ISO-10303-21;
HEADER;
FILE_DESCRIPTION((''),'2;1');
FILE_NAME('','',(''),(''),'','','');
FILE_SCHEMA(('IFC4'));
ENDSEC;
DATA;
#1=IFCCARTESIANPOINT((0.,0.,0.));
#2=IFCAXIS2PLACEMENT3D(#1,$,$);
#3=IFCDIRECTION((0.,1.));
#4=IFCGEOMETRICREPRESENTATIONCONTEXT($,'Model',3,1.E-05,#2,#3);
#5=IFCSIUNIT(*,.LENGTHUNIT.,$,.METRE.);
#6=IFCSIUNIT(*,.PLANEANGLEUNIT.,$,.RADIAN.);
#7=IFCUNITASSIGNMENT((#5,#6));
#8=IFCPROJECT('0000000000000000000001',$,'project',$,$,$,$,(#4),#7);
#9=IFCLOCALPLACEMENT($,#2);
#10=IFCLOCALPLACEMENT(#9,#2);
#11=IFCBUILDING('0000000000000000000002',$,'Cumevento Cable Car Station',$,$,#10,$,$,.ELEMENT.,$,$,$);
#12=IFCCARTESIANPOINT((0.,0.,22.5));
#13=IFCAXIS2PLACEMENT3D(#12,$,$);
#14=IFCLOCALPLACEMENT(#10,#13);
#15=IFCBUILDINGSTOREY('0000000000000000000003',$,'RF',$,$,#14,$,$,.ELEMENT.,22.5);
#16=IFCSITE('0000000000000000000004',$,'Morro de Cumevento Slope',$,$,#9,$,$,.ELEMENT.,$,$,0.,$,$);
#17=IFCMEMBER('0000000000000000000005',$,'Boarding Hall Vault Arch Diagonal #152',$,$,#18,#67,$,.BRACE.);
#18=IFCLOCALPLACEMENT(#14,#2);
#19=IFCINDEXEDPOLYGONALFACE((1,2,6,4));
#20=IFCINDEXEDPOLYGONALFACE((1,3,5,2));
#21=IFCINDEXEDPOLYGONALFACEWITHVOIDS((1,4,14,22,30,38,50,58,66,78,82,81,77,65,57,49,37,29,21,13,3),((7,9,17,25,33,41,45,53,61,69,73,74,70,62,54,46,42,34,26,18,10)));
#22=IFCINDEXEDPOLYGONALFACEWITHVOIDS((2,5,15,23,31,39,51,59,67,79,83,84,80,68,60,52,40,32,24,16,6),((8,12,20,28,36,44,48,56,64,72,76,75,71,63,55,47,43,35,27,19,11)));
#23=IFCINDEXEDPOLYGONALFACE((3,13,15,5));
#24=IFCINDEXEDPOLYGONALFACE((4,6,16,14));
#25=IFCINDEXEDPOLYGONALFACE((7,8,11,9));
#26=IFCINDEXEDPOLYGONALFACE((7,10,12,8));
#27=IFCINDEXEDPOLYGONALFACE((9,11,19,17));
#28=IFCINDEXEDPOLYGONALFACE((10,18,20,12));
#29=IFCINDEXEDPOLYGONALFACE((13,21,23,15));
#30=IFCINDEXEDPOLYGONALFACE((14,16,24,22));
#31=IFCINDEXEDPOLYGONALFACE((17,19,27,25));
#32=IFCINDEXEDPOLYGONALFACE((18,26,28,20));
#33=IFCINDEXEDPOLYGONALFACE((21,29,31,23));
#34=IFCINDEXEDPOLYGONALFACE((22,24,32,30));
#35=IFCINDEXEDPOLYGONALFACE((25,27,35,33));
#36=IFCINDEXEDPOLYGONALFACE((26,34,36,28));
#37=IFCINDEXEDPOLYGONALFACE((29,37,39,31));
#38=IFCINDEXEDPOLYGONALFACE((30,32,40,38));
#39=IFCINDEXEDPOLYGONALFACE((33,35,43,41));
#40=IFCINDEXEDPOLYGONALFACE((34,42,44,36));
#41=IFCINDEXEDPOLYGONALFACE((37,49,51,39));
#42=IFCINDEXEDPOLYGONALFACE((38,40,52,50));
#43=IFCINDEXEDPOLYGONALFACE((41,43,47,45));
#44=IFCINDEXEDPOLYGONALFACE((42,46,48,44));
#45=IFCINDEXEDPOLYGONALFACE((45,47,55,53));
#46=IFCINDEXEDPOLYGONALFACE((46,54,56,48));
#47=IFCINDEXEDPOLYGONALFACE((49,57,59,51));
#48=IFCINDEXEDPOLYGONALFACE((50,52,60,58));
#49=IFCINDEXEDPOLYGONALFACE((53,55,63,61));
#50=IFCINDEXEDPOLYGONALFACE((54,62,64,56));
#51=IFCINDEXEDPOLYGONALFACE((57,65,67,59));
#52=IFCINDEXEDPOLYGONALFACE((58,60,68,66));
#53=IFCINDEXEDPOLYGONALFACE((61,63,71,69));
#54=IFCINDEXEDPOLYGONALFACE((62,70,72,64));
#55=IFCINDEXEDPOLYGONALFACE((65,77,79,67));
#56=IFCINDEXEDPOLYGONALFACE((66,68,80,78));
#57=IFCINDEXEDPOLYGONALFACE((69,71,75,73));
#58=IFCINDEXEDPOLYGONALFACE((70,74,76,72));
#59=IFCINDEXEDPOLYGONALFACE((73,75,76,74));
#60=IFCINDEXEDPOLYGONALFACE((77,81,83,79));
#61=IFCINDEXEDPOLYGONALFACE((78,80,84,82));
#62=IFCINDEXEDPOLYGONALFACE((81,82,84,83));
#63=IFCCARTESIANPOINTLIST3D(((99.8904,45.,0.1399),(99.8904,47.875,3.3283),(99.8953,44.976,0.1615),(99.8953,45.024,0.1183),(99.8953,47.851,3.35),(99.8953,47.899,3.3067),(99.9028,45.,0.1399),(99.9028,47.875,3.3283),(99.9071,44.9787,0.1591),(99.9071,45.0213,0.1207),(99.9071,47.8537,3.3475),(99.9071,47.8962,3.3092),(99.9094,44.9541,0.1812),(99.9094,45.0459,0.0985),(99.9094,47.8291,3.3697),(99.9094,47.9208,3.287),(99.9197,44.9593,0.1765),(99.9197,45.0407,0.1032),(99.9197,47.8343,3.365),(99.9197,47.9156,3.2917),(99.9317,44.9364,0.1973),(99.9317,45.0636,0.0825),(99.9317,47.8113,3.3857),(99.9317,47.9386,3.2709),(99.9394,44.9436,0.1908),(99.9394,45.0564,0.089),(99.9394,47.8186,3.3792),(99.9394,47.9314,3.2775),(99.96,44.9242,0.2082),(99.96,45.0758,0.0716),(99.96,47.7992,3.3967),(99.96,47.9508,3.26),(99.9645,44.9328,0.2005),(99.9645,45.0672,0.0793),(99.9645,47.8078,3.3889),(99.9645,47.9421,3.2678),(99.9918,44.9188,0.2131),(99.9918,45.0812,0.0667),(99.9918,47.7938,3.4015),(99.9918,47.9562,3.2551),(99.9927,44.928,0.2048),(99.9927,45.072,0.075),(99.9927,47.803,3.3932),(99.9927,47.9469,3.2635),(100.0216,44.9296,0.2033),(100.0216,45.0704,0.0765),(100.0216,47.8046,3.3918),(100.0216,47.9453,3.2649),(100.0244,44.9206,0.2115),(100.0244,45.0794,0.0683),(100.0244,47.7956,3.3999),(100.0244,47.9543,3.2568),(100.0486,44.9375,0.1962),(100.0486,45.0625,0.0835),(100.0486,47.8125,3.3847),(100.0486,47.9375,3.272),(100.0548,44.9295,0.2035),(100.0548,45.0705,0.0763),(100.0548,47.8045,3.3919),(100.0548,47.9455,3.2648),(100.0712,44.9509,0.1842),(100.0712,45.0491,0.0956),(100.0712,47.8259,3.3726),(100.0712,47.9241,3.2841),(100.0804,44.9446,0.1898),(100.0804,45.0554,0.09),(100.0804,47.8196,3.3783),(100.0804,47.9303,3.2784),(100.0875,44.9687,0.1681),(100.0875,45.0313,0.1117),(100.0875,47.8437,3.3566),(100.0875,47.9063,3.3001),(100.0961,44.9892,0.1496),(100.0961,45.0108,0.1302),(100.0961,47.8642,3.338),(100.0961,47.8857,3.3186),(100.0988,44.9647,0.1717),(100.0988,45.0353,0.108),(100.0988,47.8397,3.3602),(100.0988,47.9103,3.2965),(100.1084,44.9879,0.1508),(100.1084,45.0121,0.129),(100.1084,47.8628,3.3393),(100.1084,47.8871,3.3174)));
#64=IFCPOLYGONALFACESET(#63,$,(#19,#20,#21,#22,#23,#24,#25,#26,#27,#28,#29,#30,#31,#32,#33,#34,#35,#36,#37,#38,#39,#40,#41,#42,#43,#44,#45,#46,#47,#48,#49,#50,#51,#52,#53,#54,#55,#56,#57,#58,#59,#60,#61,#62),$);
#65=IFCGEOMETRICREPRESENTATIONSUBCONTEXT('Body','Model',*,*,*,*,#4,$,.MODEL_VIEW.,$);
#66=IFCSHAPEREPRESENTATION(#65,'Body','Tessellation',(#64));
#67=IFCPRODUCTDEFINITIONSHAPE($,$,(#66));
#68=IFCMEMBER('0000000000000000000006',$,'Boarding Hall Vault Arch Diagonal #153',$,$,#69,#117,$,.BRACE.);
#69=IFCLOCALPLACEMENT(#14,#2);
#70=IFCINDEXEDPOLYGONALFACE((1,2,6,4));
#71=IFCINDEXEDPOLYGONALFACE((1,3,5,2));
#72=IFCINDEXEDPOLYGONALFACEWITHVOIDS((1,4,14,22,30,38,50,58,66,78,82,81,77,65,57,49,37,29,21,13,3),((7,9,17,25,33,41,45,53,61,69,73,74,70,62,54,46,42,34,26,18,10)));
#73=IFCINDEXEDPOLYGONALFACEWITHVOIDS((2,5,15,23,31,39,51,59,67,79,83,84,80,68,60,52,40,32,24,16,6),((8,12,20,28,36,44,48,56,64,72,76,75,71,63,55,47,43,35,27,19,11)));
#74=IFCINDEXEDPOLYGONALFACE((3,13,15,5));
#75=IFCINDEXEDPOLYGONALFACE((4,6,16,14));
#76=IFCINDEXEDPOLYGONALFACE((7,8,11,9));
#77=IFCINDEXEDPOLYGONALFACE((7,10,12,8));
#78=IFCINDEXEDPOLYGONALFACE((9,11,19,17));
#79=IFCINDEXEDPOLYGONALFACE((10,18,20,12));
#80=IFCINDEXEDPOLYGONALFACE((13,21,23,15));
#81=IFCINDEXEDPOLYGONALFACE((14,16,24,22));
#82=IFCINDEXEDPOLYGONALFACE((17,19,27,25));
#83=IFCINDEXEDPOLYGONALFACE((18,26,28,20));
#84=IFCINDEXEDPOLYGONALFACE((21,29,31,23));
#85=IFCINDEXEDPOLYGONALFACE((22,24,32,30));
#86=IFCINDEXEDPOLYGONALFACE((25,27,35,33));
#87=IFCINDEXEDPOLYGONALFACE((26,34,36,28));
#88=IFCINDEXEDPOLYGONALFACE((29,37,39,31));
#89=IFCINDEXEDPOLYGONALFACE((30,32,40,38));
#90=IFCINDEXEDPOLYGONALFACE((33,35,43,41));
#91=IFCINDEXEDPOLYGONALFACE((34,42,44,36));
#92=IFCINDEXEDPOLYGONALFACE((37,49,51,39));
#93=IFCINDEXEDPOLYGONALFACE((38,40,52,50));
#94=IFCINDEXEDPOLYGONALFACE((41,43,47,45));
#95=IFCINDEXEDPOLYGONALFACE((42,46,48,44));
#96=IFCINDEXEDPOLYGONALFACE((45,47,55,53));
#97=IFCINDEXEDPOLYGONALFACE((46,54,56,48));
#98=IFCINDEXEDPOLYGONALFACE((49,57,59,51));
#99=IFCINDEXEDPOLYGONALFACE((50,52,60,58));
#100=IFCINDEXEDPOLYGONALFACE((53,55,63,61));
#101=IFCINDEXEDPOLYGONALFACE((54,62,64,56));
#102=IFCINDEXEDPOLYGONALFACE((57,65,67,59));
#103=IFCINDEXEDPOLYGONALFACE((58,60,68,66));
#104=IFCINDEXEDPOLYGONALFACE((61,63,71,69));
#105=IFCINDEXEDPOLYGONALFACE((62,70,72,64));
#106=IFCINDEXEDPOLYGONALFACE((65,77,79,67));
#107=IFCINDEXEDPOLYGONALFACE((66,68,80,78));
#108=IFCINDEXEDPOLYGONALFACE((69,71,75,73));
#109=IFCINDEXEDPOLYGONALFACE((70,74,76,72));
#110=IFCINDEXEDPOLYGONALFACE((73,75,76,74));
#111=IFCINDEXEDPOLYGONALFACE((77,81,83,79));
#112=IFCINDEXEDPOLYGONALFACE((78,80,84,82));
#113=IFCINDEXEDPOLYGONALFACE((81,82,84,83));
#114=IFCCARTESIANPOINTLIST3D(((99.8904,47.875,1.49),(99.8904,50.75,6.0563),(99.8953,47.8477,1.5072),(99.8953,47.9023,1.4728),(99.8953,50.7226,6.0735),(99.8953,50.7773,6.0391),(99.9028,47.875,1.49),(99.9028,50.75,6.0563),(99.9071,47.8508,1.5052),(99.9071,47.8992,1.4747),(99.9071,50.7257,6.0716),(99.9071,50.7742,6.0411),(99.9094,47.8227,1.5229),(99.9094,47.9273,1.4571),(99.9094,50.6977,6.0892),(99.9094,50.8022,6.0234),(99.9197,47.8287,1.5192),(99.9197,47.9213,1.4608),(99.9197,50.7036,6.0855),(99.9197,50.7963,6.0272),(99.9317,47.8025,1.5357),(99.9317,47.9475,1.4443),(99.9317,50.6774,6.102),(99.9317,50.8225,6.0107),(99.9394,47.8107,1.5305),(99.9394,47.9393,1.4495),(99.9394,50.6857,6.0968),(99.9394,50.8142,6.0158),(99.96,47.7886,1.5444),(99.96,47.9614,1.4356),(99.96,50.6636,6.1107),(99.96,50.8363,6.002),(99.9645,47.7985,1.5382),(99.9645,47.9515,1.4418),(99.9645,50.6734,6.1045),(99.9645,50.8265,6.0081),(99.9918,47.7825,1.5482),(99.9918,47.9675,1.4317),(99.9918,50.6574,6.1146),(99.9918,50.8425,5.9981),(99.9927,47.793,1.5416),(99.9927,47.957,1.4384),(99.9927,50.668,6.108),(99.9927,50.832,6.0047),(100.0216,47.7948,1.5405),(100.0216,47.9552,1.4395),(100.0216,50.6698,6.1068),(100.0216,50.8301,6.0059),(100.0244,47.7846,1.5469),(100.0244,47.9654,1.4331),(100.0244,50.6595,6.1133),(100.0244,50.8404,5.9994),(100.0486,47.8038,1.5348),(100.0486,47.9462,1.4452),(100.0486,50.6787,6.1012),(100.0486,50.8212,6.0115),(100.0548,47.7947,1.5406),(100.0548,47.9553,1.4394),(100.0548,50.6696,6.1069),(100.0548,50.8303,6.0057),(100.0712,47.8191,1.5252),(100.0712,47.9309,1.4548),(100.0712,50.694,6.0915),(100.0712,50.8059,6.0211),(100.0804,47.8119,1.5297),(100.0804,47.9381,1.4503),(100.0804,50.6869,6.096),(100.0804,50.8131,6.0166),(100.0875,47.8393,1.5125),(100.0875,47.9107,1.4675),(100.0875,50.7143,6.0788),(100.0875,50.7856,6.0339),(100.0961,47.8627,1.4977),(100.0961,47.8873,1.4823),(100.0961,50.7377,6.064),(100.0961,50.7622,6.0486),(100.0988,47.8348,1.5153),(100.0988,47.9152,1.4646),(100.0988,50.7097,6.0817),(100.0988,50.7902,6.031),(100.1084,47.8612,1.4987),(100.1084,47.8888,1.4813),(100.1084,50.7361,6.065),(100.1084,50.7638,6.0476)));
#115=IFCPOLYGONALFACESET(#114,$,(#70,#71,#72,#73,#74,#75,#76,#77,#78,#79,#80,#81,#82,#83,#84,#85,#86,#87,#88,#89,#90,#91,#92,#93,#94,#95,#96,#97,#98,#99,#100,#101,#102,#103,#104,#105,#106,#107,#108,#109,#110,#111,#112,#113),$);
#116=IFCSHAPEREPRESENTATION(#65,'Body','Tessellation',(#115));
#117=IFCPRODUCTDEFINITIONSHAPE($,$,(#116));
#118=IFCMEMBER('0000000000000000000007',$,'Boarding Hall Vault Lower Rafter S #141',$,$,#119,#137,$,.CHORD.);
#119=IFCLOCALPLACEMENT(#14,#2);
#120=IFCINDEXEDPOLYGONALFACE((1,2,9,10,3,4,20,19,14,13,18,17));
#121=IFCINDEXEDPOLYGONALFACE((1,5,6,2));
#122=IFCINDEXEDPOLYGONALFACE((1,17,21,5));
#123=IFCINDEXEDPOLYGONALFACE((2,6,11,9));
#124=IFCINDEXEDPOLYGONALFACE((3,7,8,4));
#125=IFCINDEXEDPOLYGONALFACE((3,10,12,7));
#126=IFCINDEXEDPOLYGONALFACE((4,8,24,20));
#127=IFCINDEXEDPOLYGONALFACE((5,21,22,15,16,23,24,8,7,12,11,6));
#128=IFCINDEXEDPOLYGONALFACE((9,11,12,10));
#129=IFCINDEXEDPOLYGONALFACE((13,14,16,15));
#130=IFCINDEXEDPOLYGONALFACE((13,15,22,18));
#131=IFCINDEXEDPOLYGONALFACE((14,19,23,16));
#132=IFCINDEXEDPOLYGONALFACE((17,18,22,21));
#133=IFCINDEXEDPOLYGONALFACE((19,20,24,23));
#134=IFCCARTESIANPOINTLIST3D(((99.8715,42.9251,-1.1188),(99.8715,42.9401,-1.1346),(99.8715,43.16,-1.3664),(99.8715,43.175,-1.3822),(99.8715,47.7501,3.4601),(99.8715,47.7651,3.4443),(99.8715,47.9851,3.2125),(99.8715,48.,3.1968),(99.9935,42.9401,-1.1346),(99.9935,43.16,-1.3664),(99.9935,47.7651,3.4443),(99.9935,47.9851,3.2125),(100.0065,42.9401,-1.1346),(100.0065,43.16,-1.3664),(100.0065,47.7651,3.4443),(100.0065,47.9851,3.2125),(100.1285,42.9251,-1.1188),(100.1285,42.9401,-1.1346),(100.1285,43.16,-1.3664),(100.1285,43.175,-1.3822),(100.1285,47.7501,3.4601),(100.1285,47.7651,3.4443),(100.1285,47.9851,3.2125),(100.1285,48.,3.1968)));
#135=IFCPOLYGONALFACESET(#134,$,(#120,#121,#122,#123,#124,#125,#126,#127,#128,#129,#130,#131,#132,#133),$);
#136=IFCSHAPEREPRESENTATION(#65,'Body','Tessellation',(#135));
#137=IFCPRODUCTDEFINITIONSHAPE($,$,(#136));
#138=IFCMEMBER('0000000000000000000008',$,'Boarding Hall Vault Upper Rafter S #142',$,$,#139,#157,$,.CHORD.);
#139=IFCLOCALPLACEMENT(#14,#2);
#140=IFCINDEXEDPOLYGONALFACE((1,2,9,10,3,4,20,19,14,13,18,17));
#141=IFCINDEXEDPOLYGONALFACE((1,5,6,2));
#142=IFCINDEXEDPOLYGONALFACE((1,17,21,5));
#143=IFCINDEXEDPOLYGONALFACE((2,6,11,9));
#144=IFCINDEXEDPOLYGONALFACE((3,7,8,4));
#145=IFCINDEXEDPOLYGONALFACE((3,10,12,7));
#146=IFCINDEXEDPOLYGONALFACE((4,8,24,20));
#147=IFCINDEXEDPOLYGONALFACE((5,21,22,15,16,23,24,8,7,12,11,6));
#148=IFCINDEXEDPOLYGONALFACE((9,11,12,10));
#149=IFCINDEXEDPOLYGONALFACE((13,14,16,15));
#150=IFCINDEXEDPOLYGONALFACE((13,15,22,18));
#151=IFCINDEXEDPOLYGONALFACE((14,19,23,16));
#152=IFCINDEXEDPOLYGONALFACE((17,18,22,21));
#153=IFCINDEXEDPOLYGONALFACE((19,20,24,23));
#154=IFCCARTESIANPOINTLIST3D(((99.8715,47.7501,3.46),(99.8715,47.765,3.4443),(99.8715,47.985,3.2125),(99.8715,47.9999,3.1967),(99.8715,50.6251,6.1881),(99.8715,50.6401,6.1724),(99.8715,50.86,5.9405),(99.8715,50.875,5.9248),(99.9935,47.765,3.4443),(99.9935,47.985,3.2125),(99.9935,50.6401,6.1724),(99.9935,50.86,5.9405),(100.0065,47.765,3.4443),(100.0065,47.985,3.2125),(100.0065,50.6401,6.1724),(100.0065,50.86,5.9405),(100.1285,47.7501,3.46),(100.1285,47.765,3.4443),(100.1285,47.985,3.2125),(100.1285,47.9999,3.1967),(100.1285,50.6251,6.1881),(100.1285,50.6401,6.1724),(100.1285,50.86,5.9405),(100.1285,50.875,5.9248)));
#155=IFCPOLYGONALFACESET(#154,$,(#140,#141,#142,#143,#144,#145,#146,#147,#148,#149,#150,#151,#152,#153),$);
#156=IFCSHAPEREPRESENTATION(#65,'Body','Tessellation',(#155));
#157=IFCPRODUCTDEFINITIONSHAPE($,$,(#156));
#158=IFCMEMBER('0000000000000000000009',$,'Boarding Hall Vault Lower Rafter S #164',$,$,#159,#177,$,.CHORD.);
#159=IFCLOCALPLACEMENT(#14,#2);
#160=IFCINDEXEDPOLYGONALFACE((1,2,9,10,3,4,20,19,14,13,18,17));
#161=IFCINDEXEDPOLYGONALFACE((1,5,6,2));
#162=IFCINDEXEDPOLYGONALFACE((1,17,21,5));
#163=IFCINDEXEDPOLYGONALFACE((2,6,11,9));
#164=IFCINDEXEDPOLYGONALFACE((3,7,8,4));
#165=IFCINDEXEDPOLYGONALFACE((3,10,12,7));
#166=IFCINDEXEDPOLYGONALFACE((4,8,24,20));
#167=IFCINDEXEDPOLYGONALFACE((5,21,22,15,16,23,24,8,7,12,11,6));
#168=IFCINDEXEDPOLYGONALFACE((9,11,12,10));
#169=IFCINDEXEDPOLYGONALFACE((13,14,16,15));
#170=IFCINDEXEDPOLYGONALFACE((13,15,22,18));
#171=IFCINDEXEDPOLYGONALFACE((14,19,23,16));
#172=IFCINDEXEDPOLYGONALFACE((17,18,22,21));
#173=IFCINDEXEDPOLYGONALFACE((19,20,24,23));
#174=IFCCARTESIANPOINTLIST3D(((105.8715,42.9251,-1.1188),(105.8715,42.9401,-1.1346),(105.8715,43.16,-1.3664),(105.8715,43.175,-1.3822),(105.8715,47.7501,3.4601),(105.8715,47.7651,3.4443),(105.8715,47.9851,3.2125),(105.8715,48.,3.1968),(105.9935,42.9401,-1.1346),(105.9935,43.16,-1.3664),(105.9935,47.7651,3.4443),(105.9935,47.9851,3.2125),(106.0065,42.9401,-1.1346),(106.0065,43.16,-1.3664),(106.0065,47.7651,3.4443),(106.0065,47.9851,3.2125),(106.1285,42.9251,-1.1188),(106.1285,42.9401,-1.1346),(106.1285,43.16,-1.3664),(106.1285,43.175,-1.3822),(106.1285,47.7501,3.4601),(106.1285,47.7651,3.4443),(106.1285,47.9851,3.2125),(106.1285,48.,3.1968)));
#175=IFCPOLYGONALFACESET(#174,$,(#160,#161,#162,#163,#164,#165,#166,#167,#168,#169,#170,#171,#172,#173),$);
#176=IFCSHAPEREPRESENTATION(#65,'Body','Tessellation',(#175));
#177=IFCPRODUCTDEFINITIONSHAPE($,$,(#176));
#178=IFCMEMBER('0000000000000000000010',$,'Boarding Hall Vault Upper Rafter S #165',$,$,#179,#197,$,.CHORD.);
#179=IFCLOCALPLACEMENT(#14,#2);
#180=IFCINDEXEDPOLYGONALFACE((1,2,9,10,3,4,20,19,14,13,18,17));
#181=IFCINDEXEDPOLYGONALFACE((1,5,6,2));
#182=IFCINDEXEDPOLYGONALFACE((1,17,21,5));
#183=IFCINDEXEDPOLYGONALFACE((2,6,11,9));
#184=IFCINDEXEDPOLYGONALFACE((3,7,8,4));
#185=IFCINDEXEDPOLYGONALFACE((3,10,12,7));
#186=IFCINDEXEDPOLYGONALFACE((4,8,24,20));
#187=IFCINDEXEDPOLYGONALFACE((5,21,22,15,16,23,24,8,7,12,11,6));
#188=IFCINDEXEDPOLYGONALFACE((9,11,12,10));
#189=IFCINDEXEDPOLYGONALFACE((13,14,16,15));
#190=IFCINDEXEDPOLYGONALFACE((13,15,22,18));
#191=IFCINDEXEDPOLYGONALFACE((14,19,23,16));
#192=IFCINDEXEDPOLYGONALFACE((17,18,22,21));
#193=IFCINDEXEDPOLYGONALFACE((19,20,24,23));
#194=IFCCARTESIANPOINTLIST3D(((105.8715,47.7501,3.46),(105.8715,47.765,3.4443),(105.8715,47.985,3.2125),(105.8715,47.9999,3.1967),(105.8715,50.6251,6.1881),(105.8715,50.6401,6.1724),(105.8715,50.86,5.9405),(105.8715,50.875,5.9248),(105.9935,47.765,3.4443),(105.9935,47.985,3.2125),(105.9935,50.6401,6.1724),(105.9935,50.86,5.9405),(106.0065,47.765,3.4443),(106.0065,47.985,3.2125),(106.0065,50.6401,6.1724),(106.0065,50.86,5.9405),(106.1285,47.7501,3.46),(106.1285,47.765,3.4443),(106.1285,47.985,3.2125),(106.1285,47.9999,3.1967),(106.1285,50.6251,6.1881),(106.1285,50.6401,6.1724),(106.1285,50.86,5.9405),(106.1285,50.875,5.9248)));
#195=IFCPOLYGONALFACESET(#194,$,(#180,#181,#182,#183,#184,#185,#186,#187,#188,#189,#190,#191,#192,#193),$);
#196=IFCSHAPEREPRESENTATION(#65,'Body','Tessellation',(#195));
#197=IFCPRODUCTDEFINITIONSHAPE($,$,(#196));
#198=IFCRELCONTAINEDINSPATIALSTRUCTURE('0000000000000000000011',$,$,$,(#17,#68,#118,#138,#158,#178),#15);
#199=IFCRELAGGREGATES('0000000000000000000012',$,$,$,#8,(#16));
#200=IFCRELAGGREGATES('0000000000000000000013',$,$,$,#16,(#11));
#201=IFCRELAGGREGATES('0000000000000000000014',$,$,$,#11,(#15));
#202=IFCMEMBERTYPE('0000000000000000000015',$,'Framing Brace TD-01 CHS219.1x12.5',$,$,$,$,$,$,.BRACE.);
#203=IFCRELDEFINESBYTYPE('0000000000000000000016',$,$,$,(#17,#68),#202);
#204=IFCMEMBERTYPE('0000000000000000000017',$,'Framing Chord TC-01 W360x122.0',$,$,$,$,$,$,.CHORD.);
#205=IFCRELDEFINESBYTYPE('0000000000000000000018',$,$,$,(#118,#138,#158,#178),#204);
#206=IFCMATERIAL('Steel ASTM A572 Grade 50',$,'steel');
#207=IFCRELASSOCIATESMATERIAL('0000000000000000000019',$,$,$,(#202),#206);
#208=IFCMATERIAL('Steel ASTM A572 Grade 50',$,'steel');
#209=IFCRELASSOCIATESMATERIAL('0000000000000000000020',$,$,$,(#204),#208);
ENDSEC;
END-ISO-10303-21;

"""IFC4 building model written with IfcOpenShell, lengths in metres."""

from ifc_helpers import new_model, si_unit, direction, frame, origin, origin_2d, place, context, subcontext, project, spatial, hollow_circle, i_section, extrude, material, material_profile, profile_set, type_object, element, save


model = new_model("IFC4")

# Units and contexts
model_context = context("Model", 3, precision=1e-05, world=origin(), true_north=direction((0.0, 1.0)))
body_context = subcontext(model_context, "Body", "Model", "MODEL_VIEW")
ifc_project = project(units=[si_unit("LENGTHUNIT", "METRE"), si_unit("PLANEANGLEUNIT", "RADIAN")], contexts=[model_context])

# Site, building, storey
site_placement = place(None, origin())
site = spatial("IfcSite", under=ifc_project, at=site_placement, Name="Morro de Cumevento Slope", CompositionType="ELEMENT", RefElevation=0.0)
building_placement = place(site_placement, origin())
building = spatial("IfcBuilding", under=site, at=building_placement, Name="Cumevento Cable Car Station", CompositionType="ELEMENT")
storey_placement = place(building_placement, frame((0.0, 0.0, 22.5)))
storey = spatial("IfcBuildingStorey", under=building, at=storey_placement, Name="RF", CompositionType="ELEMENT", Elevation=22.5)

# Members
ifc_material_1 = material(Name="Steel ASTM A572 Grade 50", Category="steel")
ifc_material_profile_1 = material_profile(ifc_material_1, hollow_circle(Radius=0.1096, WallThickness=0.0125, at=origin_2d()), Name="CHS219.1x12.5")
ifc_profile_set_1 = profile_set([ifc_material_profile_1], Name="Steel ASTM A572 Grade 50")
member_type_1 = type_object("IfcMemberType", Name="Framing Brace TD-01 CHS219.1x12.5", PredefinedType="BRACE", material=ifc_profile_set_1)
member_1_placement = place(storey_placement, frame((100.0, 45.0, 0.1399), z_axis=(0.0, 0.669656, 0.742672), x_axis=(-1.0, 0.0, 0.0)))
element("IfcMember", 1, at=member_1_placement, inside=storey, type_object=member_type_1, Name="Boarding Hall Vault Arch Diagonal #152", PredefinedType="BRACE", context=body_context, shape_type="SweptSolid", body=[
    extrude(hollow_circle(Radius=0.1096, WallThickness=0.0125, at=origin_2d()), origin(), (0.0, 0.0, 1.0), 4.2932),
])
member_2_placement = place(storey_placement, frame((100.0, 47.875, 1.49), z_axis=(0.0, 0.532794, 0.846245), x_axis=(-1.0, 0.0, 0.0)))
element("IfcMember", 2, at=member_2_placement, inside=storey, type_object=member_type_1, Name="Boarding Hall Vault Arch Diagonal #153", PredefinedType="BRACE", context=body_context, shape_type="SweptSolid", body=[
    extrude(hollow_circle(Radius=0.1096, WallThickness=0.0125, at=origin_2d()), origin(), (0.0, 0.0, 1.0), 5.396),
])
ifc_material_2 = material(Name="Steel ASTM A572 Grade 50", Category="steel")
ifc_material_profile_2 = material_profile(ifc_material_2, i_section(OverallWidth=0.2571, OverallDepth=0.363, WebThickness=0.0129, FlangeThickness=0.0217, at=origin_2d()), Name="W360x122.0")
ifc_profile_set_2 = profile_set([ifc_material_profile_2], Name="Steel ASTM A572 Grade 50")
member_type_2 = type_object("IfcMemberType", Name="Framing Chord TC-01 W360x122.0", PredefinedType="CHORD", material=ifc_profile_set_2)
member_3_placement = place(storey_placement, frame((100.0, 43.05, -1.2505), z_axis=(0.0, 0.725363, 0.688366), x_axis=(-1.0, 0.0, 0.0)))
element("IfcMember", 3, at=member_3_placement, inside=storey, type_object=member_type_2, Name="Boarding Hall Vault Lower Rafter S #141", PredefinedType="CHORD", context=body_context, shape_type="SweptSolid", body=[
    extrude(i_section(OverallWidth=0.2571, OverallDepth=0.363, WebThickness=0.0129, FlangeThickness=0.0217, at=origin_2d()), origin(), (0.0, 0.0, 1.0), 6.6519),
])
member_4_placement = place(storey_placement, frame((100.0, 47.875, 3.3284), z_axis=(0.0, 0.725405, 0.688322), x_axis=(-1.0, 0.0, 0.0)))
element("IfcMember", 4, at=member_4_placement, inside=storey, type_object=member_type_2, Name="Boarding Hall Vault Upper Rafter S #142", PredefinedType="CHORD", context=body_context, shape_type="SweptSolid", body=[
    extrude(i_section(OverallWidth=0.2571, OverallDepth=0.363, WebThickness=0.0129, FlangeThickness=0.0217, at=origin_2d()), origin(), (0.0, 0.0, 1.0), 3.9634),
])
member_5_placement = place(storey_placement, frame((106.0, 43.05, -1.2505), z_axis=(0.0, 0.725363, 0.688366), x_axis=(-1.0, 0.0, 0.0)))
element("IfcMember", 5, at=member_5_placement, inside=storey, type_object=member_type_2, Name="Boarding Hall Vault Lower Rafter S #164", PredefinedType="CHORD", context=body_context, shape_type="SweptSolid", body=[
    extrude(i_section(OverallWidth=0.2571, OverallDepth=0.363, WebThickness=0.0129, FlangeThickness=0.0217, at=origin_2d()), origin(), (0.0, 0.0, 1.0), 6.6519),
])
member_6_placement = place(storey_placement, frame((106.0, 47.875, 3.3284), z_axis=(0.0, 0.725405, 0.688322), x_axis=(-1.0, 0.0, 0.0)))
element("IfcMember", 6, at=member_6_placement, inside=storey, type_object=member_type_2, Name="Boarding Hall Vault Upper Rafter S #165", PredefinedType="CHORD", context=body_context, shape_type="SweptSolid", body=[
    extrude(i_section(OverallWidth=0.2571, OverallDepth=0.363, WebThickness=0.0129, FlangeThickness=0.0217, at=origin_2d()), origin(), (0.0, 0.0, 1.0), 3.9634),
])

save(model, "model.ifc")
